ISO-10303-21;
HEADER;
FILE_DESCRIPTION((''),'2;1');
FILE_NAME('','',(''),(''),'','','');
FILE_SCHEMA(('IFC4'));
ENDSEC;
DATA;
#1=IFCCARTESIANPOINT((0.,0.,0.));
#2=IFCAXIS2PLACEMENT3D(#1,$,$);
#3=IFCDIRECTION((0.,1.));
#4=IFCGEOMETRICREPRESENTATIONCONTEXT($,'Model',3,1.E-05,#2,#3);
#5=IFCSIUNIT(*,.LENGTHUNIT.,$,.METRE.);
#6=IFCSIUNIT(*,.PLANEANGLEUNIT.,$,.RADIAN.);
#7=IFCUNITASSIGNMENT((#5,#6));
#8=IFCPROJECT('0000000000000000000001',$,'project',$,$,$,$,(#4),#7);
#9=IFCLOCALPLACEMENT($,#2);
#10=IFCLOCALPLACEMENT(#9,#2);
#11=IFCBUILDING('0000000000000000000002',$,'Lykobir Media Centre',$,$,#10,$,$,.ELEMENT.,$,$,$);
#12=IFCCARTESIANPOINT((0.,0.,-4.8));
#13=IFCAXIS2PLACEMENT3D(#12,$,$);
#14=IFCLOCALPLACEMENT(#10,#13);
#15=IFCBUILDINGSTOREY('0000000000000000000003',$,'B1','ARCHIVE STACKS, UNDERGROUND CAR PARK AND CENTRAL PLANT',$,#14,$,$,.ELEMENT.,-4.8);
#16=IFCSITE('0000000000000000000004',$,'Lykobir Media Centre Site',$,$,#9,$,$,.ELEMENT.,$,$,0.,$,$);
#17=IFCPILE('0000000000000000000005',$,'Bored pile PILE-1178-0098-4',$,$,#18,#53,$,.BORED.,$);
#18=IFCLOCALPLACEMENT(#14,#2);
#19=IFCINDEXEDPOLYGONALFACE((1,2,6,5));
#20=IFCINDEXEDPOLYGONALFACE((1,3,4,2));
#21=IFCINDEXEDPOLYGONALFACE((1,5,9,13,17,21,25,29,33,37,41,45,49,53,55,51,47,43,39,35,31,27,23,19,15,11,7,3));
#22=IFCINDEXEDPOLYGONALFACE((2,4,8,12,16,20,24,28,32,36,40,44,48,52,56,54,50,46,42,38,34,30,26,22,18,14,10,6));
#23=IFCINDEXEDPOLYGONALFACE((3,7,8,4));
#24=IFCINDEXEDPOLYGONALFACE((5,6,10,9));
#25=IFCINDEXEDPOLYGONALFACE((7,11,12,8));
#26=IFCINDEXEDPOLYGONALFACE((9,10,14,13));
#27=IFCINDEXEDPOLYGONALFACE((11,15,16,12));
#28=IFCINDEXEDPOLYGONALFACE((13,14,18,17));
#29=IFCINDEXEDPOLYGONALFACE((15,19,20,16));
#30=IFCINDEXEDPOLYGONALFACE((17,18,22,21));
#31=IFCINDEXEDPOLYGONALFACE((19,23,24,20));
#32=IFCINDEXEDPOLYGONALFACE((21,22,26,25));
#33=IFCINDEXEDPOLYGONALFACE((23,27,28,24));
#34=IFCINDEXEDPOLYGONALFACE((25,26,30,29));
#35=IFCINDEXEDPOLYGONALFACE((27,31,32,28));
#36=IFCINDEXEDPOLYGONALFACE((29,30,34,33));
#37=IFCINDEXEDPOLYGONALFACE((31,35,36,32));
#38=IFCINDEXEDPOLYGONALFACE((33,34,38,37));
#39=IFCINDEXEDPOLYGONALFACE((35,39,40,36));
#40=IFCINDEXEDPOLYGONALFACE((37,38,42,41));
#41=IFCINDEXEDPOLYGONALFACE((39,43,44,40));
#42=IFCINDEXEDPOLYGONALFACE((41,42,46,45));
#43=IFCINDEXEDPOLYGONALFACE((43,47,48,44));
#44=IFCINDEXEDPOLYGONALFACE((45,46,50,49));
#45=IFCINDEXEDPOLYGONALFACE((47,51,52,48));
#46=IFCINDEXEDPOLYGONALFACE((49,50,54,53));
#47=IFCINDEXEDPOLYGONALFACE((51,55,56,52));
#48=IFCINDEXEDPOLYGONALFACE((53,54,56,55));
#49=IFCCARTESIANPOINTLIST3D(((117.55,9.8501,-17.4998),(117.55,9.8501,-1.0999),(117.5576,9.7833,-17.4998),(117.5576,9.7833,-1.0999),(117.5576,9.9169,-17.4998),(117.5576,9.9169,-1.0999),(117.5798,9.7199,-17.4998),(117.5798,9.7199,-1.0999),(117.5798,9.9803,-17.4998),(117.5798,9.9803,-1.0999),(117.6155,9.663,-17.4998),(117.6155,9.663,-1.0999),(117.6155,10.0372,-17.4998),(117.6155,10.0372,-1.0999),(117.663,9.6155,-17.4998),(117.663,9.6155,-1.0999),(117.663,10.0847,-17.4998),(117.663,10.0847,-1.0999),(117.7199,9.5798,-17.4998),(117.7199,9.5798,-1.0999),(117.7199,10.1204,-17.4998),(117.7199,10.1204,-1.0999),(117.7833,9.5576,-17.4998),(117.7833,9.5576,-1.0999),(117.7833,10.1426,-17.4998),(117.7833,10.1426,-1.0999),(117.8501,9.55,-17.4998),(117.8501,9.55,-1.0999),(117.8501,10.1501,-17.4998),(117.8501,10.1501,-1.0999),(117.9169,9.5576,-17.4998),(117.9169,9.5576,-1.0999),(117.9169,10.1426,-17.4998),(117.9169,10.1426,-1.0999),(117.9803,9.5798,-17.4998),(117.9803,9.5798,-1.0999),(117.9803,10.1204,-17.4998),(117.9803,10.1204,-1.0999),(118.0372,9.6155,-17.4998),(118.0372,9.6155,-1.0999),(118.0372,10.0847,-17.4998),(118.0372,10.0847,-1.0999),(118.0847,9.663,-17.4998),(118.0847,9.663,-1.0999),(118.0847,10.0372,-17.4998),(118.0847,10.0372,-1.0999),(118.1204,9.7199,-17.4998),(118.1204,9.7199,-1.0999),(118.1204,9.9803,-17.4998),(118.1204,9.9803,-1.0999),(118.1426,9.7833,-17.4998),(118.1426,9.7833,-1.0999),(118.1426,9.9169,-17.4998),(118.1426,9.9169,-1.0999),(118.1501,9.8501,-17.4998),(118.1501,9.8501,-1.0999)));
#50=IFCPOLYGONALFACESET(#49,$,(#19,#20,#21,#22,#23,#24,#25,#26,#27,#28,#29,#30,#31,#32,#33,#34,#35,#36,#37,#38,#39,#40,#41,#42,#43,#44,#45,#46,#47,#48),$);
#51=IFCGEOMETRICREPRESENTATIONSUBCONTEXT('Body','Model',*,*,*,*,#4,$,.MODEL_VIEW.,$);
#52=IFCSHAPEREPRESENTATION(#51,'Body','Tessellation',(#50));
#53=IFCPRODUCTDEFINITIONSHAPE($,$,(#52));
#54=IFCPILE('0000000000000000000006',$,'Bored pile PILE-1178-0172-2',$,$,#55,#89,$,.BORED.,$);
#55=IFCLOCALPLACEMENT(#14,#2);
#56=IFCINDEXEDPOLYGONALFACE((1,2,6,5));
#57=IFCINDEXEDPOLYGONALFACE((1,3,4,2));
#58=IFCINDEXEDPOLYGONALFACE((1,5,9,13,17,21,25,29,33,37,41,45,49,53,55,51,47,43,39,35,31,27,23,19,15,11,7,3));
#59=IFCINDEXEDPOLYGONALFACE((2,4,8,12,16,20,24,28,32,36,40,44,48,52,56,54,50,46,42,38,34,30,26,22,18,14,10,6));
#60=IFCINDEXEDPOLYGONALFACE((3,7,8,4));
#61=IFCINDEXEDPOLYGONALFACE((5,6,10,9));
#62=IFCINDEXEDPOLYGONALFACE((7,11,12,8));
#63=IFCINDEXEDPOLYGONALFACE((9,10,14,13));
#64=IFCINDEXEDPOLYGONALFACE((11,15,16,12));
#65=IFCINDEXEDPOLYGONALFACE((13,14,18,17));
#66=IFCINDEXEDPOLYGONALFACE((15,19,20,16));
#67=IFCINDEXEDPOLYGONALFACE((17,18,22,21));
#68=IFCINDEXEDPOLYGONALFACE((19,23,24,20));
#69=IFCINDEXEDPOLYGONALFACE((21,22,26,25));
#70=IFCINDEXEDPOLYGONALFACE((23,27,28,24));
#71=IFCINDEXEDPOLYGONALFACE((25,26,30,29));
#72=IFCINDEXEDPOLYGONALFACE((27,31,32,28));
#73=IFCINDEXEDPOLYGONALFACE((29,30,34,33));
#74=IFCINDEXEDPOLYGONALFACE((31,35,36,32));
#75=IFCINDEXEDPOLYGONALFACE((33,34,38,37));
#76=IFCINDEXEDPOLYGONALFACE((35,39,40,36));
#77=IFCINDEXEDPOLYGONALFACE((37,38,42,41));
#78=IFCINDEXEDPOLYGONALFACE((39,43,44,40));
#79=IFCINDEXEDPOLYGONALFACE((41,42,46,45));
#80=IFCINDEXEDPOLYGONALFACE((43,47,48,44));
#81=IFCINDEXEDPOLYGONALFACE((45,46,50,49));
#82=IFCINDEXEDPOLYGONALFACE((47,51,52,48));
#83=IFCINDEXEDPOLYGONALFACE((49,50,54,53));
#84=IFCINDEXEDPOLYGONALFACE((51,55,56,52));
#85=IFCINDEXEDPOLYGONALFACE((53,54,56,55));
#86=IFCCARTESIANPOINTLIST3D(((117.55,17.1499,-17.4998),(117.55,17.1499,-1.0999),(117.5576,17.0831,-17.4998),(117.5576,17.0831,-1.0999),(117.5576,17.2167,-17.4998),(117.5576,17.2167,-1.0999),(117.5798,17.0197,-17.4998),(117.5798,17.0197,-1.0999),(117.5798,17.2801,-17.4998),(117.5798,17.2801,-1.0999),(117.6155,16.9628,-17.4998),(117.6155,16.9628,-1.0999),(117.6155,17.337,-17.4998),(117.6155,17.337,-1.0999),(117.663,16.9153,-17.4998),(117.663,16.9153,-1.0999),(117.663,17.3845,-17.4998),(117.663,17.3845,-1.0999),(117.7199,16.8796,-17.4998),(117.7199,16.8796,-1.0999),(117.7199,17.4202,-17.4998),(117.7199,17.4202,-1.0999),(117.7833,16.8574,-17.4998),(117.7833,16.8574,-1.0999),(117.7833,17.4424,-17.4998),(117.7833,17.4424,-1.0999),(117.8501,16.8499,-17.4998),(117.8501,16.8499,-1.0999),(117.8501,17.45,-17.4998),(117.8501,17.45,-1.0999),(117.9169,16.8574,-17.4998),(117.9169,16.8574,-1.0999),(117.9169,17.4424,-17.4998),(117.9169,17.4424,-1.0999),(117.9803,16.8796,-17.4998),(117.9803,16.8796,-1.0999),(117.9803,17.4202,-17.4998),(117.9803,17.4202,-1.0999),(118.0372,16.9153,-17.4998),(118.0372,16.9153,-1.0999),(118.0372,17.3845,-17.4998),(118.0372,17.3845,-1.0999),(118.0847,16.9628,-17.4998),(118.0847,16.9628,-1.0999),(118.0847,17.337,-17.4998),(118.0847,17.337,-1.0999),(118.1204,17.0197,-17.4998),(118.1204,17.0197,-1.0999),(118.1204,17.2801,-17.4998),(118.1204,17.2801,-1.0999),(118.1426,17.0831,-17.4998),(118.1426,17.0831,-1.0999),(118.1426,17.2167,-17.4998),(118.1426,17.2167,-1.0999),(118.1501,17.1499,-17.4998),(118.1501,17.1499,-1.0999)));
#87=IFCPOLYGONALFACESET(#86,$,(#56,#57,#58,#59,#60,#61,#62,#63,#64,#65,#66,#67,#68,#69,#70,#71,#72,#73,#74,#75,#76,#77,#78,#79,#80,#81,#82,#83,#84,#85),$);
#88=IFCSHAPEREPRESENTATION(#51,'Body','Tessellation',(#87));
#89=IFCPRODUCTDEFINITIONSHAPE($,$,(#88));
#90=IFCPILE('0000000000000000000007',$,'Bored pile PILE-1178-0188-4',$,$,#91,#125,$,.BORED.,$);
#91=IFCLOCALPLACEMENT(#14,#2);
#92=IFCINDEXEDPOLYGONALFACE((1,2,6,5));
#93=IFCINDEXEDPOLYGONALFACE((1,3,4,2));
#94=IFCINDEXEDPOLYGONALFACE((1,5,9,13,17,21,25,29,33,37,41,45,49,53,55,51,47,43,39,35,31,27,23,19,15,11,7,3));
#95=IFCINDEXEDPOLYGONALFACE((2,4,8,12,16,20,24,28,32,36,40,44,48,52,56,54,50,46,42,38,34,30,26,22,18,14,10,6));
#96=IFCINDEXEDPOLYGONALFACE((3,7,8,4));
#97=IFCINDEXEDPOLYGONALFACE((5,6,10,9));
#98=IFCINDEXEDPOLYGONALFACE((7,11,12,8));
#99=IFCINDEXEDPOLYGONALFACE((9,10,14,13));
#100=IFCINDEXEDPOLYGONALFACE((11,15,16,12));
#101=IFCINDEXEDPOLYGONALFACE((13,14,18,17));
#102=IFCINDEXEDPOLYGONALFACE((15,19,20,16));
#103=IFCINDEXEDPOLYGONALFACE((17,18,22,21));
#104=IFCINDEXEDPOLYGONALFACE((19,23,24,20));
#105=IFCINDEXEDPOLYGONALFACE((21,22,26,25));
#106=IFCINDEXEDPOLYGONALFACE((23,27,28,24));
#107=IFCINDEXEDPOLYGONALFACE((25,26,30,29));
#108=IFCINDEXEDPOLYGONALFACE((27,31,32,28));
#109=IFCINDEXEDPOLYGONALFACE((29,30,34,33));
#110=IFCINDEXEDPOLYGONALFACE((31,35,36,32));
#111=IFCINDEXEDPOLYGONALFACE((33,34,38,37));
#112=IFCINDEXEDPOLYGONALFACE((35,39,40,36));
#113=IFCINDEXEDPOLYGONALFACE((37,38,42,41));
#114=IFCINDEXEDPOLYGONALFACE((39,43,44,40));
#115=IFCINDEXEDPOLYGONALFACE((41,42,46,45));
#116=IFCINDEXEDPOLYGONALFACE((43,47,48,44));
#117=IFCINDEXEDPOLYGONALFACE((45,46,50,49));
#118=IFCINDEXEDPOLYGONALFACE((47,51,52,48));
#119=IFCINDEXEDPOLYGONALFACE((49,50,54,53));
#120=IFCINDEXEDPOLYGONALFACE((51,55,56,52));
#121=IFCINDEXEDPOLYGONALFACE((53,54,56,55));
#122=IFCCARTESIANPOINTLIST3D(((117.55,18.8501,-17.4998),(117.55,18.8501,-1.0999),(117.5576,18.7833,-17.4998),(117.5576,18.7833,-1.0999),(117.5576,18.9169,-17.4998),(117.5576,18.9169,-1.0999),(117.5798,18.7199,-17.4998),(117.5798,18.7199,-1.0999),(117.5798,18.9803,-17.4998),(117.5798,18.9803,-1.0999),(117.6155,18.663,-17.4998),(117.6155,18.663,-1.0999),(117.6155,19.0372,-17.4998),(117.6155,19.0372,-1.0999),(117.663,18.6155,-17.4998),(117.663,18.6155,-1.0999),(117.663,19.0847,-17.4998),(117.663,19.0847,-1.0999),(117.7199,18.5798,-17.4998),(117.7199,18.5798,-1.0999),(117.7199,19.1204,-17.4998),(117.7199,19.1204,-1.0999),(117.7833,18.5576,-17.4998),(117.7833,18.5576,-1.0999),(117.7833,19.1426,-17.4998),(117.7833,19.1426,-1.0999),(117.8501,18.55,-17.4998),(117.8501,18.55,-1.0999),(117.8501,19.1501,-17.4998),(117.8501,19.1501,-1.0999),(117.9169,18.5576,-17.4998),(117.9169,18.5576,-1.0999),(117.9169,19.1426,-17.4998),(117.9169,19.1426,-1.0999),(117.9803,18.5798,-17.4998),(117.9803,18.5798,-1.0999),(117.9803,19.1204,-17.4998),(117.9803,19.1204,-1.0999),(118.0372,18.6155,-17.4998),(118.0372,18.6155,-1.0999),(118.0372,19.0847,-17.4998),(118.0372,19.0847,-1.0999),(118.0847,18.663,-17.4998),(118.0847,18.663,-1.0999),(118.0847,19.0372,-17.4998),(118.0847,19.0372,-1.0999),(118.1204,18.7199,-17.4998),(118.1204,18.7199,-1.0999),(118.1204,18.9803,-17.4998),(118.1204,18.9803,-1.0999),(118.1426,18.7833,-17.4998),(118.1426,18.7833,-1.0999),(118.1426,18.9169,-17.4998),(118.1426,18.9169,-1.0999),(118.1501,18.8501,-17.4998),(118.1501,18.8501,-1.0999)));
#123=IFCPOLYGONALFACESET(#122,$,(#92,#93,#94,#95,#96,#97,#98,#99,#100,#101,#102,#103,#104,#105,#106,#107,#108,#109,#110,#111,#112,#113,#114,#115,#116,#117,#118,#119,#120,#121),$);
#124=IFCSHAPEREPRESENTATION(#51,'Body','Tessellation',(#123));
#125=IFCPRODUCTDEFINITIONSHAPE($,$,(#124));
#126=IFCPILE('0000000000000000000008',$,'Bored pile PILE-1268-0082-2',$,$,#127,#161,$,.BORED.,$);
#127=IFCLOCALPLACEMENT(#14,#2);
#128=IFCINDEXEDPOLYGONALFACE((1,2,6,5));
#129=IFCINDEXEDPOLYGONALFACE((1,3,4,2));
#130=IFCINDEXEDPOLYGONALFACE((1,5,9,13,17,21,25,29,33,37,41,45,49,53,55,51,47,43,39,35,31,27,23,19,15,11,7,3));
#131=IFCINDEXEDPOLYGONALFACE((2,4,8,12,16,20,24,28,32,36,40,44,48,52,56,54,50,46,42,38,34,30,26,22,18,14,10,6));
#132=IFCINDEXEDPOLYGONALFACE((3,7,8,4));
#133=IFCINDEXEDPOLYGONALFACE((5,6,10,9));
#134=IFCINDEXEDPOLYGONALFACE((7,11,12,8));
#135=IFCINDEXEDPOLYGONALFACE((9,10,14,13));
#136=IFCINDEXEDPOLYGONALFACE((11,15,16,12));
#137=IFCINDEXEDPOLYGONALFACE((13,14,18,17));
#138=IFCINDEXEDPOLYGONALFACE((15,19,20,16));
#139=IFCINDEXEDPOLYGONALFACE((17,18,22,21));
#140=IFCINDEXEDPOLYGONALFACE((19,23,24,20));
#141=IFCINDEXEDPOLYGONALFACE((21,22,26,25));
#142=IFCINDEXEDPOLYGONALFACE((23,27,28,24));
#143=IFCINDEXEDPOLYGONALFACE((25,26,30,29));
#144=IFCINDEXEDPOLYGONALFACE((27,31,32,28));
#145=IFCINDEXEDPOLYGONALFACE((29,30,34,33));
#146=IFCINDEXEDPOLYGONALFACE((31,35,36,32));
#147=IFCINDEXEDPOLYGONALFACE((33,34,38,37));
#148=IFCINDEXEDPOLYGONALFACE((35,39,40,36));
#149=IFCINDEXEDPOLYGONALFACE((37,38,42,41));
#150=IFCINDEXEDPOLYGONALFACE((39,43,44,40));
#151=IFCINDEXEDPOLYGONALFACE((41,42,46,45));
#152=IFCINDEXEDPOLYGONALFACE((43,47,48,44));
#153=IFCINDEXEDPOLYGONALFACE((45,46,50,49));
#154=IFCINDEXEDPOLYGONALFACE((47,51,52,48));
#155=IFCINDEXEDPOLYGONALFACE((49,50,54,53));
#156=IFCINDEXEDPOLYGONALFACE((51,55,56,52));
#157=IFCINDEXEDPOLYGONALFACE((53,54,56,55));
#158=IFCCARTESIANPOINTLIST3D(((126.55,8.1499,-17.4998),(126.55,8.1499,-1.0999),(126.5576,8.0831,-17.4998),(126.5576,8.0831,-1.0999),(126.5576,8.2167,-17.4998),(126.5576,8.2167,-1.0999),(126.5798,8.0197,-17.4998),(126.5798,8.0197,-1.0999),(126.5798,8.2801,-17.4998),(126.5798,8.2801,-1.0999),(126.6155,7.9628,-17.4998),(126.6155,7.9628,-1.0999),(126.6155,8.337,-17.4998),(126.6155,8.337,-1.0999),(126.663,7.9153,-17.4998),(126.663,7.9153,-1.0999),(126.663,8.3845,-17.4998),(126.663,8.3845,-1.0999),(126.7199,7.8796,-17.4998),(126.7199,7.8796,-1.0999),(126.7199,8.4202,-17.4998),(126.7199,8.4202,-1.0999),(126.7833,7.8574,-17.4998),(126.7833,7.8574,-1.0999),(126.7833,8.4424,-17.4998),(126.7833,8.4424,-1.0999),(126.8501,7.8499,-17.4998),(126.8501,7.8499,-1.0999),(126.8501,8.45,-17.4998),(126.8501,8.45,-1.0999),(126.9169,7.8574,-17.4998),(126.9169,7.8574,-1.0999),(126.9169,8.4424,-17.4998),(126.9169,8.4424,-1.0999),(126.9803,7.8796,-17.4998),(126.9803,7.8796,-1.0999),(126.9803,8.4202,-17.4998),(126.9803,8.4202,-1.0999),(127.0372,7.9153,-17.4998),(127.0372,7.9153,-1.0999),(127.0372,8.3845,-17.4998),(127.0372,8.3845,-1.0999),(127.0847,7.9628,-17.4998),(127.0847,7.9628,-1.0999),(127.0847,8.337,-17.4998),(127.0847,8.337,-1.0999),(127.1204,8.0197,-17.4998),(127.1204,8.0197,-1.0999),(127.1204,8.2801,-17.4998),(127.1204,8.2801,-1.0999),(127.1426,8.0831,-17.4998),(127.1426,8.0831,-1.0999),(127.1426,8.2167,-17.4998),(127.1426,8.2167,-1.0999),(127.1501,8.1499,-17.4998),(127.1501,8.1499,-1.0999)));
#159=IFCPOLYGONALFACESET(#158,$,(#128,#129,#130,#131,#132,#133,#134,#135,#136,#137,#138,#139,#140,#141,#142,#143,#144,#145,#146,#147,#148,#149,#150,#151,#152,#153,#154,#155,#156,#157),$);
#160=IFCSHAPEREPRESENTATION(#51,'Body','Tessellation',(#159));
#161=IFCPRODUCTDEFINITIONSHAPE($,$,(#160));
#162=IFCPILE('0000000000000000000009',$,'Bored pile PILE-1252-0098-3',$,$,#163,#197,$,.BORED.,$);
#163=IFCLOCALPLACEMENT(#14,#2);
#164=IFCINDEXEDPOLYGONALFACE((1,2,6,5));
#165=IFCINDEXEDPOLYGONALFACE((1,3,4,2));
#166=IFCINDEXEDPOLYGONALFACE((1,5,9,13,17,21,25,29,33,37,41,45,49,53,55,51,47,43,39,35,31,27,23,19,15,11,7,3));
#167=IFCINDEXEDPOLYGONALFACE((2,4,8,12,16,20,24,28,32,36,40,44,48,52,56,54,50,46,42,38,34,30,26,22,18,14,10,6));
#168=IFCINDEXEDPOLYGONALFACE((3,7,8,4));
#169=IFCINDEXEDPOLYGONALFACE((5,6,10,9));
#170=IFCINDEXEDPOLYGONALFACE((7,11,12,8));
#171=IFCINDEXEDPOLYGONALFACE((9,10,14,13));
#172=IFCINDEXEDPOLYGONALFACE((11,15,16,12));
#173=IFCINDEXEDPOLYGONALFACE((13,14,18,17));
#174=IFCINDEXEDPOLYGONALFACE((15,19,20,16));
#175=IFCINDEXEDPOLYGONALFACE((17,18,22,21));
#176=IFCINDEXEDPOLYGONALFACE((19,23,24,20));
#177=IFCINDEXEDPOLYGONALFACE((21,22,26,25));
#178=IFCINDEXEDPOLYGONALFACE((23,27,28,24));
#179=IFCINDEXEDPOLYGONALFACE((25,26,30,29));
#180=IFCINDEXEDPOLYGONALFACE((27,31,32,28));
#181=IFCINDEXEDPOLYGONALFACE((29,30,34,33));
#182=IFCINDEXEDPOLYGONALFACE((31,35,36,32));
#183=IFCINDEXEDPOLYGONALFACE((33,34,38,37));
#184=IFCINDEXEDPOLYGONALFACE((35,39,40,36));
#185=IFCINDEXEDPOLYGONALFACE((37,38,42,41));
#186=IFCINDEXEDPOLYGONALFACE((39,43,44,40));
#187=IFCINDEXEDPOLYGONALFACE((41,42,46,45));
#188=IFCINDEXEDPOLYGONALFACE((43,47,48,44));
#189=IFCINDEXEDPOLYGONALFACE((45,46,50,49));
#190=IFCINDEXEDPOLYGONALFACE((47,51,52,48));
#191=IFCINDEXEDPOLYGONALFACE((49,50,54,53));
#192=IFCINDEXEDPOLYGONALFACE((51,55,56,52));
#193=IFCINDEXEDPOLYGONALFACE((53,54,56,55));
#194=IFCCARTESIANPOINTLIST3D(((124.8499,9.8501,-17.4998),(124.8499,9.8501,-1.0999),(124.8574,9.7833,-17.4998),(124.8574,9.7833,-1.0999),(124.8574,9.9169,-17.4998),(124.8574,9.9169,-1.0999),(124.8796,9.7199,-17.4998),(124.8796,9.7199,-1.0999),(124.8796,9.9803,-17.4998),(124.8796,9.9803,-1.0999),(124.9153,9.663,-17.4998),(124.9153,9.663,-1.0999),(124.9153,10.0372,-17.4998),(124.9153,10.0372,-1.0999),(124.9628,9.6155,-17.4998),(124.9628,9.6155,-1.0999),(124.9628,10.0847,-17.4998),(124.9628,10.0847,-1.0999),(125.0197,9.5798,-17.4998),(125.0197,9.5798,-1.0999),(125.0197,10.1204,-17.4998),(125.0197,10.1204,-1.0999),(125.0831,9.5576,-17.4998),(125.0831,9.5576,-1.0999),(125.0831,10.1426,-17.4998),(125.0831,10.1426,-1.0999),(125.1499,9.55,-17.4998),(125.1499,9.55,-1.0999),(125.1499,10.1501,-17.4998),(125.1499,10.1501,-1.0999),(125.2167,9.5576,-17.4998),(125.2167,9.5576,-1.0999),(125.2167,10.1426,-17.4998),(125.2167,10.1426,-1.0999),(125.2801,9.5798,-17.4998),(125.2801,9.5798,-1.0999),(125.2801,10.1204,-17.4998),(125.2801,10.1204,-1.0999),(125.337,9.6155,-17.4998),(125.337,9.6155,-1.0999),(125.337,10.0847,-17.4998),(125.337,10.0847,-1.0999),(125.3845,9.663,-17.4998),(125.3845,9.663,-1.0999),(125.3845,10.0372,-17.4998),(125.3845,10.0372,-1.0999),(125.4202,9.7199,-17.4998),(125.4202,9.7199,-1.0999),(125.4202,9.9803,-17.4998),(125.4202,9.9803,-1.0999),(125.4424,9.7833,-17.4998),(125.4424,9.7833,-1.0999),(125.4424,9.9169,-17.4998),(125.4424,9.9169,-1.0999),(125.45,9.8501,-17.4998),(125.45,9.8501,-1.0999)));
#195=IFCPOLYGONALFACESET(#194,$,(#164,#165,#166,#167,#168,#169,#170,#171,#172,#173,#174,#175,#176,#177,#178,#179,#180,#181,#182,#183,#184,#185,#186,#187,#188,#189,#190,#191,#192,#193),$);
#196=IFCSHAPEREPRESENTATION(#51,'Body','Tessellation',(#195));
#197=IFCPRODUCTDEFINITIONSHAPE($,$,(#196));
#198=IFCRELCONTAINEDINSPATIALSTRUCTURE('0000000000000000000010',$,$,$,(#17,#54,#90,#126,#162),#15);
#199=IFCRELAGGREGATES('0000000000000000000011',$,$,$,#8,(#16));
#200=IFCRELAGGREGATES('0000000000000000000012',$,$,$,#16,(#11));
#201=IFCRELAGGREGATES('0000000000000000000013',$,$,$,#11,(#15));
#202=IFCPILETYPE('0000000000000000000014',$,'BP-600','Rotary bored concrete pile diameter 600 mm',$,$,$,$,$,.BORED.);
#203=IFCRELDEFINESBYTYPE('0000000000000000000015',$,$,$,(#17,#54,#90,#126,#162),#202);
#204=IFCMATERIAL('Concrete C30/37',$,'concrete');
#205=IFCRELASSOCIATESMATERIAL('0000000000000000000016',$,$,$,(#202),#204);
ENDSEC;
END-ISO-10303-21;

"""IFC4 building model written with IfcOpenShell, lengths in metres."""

from ifc_helpers import new_model, si_unit, direction, frame, origin, origin_2d, place, context, subcontext, project, spatial, circle, extrude, material, material_profile, profile_set, type_object, element, save


model = new_model("IFC4")

# Units and contexts
model_context = context("Model", 3, precision=1e-05, world=origin(), true_north=direction((0.0, 1.0)))
body_context = subcontext(model_context, "Body", "Model", "MODEL_VIEW")
ifc_project = project(units=[si_unit("LENGTHUNIT", "METRE"), si_unit("PLANEANGLEUNIT", "RADIAN")], contexts=[model_context])

# Site, building, storey
site_placement = place(None, origin())
site = spatial("IfcSite", under=ifc_project, at=site_placement, Name="Lykobir Media Centre Site", CompositionType="ELEMENT", RefElevation=0.0)
building_placement = place(site_placement, origin())
building = spatial("IfcBuilding", under=site, at=building_placement, Name="Lykobir Media Centre", CompositionType="ELEMENT")
storey_placement = place(building_placement, frame((0.0, 0.0, -4.8)))
storey = spatial("IfcBuildingStorey", under=building, at=storey_placement, Name="B1", Description="ARCHIVE STACKS, UNDERGROUND CAR PARK AND CENTRAL PLANT", CompositionType="ELEMENT", Elevation=-4.8)

# Piles
ifc_material_1 = material(Name="Concrete C30/37", Category="concrete")
ifc_material_profile_1 = material_profile(ifc_material_1, circle(Radius=0.3, at=origin_2d()), Name="BORED PILE D600")
ifc_profile_set_1 = profile_set([ifc_material_profile_1], Name="Concrete C30/37")
pile_type = type_object("IfcPileType", Name="BP-600", Description="Rotary bored concrete pile diameter 600 mm", PredefinedType="BORED", material=ifc_profile_set_1)
for number, where, z_axis, x_axis, name in (
    (1, (117.8501, 9.8501, -1.0999), (0.0, 0.0, -1.0), (1.0, 0.0, 0.0), "Bored pile PILE-1178-0098-4"),
    (2, (117.8501, 17.1499, -1.0999), (0.0, 0.0, -1.0), (1.0, 0.0, 0.0), "Bored pile PILE-1178-0172-2"),
    (3, (117.8501, 18.8501, -1.0999), (0.0, 0.0, -1.0), (1.0, 0.0, 0.0), "Bored pile PILE-1178-0188-4"),
    (4, (126.8501, 8.1499, -1.0999), (0.0, 0.0, -1.0), (1.0, 0.0, 0.0), "Bored pile PILE-1268-0082-2"),
    (5, (125.1499, 9.8501, -1.0999), (0.0, 0.0, -1.0), (1.0, 0.0, 0.0), "Bored pile PILE-1252-0098-3"),
):
    element("IfcPile", number, at=place(storey_placement, frame(where, z_axis=z_axis, x_axis=x_axis)), inside=storey, type_object=pile_type, Name=name, PredefinedType="BORED", context=body_context, shape_type="SweptSolid", body=[
        extrude(circle(Radius=0.3, at=origin_2d()), origin(), (0.0, 0.0, 1.0), 16.3999),
    ])

save(model, "model.ifc")
